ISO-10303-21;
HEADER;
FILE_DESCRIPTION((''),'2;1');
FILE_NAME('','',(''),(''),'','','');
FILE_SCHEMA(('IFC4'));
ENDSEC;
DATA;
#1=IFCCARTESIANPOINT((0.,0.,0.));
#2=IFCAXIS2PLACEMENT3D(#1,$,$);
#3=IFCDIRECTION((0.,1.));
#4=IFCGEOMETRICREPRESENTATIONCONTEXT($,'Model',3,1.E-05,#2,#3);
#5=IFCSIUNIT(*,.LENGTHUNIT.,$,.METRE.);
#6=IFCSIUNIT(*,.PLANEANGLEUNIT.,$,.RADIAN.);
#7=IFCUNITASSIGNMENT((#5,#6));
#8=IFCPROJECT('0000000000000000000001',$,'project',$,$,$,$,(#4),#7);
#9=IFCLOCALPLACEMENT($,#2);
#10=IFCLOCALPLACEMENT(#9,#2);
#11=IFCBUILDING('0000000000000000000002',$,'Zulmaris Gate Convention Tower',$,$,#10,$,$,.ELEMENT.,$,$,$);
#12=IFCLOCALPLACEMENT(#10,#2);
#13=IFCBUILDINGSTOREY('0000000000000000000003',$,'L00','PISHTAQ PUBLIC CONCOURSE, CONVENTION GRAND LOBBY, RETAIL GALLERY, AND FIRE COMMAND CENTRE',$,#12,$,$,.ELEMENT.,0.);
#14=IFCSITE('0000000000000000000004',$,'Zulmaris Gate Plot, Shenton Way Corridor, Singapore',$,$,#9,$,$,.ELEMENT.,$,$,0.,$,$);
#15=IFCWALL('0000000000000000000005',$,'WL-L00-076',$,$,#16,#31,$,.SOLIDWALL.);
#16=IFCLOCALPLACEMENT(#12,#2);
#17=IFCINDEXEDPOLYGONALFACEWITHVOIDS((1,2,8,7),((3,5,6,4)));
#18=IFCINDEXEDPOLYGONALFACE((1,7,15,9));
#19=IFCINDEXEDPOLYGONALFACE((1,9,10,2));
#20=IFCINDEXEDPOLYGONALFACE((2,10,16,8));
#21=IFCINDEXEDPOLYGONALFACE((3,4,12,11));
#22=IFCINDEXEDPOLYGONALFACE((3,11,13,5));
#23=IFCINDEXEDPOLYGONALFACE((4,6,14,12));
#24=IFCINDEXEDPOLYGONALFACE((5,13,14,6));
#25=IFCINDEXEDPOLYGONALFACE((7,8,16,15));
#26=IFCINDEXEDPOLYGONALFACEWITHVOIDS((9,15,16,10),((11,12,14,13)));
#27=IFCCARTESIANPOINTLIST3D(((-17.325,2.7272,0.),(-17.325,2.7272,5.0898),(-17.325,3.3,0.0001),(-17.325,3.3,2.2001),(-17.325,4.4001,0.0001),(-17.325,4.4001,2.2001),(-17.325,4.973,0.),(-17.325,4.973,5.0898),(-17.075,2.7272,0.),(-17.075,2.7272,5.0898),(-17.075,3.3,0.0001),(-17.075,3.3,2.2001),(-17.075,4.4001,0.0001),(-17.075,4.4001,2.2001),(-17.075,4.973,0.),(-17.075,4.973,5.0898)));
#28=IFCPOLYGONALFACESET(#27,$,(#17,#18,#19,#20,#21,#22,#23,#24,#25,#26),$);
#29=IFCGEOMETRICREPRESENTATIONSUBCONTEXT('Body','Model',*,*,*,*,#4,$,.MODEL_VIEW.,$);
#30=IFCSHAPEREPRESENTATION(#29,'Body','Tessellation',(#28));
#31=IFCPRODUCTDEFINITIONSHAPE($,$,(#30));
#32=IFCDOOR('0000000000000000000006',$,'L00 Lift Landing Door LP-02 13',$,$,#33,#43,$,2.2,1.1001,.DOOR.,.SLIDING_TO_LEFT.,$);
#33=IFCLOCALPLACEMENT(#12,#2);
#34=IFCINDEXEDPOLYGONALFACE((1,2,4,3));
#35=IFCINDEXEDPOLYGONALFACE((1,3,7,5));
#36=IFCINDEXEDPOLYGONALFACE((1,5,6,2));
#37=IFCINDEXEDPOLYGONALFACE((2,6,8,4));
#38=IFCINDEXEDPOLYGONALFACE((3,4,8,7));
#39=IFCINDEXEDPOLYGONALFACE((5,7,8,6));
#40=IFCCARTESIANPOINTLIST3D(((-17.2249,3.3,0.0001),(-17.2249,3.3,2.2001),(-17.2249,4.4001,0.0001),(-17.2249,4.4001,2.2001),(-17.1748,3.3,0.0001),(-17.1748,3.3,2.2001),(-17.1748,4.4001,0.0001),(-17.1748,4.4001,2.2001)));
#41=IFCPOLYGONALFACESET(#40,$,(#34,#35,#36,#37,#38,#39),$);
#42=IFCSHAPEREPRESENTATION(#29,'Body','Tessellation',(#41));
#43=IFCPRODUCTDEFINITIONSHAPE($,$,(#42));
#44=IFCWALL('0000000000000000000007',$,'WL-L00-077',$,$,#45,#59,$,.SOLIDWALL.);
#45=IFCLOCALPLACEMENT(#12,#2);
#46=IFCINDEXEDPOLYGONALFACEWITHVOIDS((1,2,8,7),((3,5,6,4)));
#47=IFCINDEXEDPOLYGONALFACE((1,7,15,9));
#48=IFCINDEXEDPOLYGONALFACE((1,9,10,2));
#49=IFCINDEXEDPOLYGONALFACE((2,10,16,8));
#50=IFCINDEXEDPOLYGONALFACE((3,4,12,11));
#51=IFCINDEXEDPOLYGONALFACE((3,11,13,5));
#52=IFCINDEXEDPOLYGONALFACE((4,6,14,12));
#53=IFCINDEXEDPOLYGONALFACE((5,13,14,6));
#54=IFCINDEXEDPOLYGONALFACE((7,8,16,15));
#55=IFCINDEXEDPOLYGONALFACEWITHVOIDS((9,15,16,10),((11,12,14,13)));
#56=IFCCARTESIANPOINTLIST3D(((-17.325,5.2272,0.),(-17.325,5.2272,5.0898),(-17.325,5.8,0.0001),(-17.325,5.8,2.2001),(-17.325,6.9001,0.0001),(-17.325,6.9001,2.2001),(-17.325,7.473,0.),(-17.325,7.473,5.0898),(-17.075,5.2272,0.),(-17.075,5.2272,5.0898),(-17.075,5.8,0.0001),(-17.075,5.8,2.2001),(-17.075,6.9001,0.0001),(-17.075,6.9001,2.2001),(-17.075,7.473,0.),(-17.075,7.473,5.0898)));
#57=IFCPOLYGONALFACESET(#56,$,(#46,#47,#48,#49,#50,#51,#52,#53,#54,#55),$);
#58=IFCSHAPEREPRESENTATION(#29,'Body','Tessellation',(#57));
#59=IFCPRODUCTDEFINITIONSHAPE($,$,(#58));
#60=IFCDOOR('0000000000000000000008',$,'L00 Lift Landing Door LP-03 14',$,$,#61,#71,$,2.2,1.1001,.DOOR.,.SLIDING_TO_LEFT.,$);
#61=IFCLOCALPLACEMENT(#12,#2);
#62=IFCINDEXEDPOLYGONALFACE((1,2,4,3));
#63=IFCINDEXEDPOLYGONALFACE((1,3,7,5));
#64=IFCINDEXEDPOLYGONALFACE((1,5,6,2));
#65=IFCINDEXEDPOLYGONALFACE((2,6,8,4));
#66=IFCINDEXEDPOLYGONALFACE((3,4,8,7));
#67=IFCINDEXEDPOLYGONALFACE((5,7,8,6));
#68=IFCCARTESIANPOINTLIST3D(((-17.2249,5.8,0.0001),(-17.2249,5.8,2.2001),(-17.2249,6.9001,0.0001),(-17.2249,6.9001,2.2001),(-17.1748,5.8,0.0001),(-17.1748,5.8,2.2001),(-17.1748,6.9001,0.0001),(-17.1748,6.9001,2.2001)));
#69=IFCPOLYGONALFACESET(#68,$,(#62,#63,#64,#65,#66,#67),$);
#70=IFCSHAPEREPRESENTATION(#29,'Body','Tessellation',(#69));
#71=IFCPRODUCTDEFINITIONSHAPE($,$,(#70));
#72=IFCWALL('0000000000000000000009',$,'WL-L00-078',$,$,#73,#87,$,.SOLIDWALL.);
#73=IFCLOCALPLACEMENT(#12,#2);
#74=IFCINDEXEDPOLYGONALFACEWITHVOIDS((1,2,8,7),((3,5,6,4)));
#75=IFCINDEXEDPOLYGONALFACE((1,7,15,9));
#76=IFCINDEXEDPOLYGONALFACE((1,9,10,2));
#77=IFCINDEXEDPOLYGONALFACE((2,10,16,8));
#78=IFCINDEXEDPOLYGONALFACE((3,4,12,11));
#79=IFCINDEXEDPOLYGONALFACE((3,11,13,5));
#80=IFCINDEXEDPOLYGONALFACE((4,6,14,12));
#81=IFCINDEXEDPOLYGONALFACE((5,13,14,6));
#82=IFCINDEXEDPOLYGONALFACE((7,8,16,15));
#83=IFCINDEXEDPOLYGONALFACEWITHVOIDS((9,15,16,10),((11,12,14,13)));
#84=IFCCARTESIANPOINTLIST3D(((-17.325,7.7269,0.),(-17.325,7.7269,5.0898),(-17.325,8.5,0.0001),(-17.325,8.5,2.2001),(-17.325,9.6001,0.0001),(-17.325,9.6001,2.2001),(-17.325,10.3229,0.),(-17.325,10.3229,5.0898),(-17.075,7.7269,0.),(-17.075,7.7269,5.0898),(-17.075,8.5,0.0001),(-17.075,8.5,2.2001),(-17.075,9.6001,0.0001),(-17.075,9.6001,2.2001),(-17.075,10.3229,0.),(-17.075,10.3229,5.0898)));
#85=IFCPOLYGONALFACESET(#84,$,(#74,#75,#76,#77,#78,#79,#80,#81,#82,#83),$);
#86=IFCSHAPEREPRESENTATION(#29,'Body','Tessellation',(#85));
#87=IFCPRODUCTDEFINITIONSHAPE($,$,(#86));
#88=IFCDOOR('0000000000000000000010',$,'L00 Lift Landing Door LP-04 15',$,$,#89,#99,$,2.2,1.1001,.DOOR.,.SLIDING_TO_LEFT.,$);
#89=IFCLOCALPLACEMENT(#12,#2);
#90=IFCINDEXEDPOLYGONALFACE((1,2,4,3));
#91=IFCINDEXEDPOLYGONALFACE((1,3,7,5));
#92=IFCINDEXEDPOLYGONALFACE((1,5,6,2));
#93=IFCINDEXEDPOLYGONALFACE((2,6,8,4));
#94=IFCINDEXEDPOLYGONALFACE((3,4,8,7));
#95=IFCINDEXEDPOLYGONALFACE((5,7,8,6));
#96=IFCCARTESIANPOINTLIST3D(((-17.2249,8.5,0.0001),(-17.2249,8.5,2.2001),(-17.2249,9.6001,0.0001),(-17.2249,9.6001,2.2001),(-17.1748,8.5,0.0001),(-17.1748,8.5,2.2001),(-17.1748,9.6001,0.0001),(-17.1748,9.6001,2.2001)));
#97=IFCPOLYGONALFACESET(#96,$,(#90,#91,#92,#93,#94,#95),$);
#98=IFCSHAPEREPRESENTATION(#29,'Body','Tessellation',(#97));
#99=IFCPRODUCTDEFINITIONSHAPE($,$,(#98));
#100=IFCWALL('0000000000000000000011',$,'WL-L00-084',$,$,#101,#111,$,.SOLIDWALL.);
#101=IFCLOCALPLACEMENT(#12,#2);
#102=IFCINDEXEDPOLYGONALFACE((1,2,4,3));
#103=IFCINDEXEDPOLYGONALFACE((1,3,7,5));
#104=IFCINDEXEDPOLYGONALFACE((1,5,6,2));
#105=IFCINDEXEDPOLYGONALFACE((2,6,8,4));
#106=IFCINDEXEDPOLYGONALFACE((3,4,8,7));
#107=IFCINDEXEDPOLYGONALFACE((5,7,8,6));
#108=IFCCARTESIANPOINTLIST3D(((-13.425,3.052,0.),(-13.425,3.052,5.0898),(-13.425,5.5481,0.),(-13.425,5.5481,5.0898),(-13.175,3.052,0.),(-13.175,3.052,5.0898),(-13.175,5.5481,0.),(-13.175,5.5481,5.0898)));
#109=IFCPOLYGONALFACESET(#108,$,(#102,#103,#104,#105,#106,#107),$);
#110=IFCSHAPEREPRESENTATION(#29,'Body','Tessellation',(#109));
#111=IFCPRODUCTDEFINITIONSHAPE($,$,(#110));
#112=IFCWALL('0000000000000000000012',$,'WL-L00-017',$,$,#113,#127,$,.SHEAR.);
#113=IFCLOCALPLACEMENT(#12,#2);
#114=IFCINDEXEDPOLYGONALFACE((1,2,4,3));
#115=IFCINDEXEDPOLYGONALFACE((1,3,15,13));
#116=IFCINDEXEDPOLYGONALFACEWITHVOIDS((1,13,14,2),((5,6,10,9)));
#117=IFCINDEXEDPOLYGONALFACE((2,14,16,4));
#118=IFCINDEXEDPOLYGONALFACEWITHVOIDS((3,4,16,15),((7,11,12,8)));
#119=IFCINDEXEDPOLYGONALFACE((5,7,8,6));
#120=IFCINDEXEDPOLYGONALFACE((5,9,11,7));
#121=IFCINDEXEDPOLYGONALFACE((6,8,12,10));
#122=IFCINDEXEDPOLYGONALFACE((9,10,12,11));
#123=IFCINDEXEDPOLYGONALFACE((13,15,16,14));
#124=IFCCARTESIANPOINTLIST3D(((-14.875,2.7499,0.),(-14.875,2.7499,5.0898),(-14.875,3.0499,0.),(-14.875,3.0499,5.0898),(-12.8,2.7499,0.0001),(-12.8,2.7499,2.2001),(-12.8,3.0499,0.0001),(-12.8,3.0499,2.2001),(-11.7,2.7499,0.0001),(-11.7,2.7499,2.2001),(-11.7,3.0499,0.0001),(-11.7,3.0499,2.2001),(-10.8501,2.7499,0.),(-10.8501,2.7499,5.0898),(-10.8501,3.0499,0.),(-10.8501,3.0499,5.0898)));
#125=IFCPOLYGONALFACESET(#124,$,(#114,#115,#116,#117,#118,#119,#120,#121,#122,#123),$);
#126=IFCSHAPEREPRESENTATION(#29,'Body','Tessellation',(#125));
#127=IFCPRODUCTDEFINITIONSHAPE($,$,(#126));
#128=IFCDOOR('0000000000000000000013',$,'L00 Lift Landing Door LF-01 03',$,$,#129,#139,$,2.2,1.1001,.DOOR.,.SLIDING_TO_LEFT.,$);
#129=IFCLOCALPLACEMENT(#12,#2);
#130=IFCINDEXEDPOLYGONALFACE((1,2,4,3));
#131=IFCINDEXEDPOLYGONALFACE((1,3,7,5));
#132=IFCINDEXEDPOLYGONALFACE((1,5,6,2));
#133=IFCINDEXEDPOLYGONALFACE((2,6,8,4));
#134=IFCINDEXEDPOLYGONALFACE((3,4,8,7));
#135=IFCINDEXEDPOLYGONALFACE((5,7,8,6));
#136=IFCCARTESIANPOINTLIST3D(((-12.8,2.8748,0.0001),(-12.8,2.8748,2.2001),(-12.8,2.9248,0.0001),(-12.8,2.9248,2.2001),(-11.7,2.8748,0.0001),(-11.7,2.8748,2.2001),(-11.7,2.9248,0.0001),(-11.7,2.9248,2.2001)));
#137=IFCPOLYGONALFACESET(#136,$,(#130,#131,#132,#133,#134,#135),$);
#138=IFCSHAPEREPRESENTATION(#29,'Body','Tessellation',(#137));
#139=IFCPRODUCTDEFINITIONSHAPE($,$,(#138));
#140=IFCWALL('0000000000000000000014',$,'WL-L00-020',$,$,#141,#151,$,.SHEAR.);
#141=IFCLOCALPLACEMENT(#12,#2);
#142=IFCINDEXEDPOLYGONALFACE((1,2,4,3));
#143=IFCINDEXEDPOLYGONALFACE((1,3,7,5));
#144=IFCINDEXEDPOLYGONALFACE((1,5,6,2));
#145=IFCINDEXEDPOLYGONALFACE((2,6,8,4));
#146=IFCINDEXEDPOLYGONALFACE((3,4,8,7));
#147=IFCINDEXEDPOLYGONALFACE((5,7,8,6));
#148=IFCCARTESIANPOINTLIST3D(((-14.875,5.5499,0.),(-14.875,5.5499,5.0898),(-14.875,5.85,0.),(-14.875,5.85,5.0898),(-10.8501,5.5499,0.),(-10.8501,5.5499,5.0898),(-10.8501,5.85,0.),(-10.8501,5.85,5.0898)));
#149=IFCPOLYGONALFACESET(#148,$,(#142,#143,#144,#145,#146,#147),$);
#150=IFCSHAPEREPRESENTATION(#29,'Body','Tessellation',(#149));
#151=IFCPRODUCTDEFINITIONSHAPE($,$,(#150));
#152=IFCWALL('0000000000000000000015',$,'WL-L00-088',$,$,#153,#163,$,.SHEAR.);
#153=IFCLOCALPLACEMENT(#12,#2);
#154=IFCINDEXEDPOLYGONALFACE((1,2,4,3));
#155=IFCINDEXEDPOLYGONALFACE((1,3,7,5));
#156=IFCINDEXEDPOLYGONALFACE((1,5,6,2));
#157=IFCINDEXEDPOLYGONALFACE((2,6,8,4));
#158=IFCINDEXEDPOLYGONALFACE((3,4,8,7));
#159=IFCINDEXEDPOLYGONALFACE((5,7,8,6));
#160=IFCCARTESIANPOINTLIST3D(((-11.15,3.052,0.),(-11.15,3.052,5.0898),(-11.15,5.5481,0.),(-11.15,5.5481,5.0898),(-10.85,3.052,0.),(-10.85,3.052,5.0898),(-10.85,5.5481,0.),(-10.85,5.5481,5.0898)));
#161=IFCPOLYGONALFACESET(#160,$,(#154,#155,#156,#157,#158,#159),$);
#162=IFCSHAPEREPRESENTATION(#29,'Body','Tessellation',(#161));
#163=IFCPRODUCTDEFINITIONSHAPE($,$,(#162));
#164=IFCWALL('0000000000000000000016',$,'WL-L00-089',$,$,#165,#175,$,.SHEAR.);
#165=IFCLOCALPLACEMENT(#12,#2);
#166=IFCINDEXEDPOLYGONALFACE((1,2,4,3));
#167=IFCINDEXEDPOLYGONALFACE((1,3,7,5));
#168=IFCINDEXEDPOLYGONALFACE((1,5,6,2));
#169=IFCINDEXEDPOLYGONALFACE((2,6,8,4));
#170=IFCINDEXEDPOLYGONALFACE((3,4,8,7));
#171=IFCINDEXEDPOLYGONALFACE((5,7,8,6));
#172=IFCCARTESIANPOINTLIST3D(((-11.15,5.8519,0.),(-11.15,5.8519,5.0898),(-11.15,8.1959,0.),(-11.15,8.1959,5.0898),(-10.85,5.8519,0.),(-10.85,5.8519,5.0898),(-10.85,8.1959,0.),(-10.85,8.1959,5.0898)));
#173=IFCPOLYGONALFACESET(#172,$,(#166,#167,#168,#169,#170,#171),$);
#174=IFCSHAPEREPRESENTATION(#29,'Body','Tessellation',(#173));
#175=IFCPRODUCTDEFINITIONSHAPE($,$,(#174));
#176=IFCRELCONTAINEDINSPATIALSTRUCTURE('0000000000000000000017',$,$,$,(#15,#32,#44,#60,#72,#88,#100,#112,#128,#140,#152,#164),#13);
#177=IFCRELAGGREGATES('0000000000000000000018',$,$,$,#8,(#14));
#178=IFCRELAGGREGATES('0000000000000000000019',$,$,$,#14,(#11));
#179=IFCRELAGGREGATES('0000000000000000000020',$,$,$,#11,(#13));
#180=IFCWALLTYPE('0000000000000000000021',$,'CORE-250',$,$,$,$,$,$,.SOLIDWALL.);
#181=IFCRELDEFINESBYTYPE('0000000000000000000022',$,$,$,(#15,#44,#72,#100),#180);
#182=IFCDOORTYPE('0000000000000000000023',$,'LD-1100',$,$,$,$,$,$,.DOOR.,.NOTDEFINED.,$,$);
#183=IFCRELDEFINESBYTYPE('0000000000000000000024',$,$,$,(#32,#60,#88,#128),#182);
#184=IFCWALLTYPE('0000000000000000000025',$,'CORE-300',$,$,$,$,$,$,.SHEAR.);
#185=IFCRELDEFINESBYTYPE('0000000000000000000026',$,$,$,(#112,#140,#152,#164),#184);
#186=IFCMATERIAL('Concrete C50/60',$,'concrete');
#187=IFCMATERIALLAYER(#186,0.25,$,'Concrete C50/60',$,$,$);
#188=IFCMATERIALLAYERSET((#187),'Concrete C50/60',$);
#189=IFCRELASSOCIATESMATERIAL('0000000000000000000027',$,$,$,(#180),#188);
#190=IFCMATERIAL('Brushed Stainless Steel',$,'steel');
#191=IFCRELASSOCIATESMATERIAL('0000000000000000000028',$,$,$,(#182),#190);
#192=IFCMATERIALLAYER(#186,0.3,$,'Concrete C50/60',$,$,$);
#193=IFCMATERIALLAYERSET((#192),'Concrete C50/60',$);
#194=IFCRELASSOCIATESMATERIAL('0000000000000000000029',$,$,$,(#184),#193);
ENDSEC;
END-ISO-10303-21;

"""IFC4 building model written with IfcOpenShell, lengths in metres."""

from ifc_helpers import new_model, si_unit, direction, frame, frame_2d, origin, place, context, subcontext, project, spatial, rectangle, extrude, material, layer, layer_set, type_object, element, fill, save


model = new_model("IFC4")

# Units and contexts
model_context = context("Model", 3, precision=1e-05, world=origin(), true_north=direction((0.0, 1.0)))
body_context = subcontext(model_context, "Body", "Model", "MODEL_VIEW")
ifc_project = project(units=[si_unit("LENGTHUNIT", "METRE"), si_unit("PLANEANGLEUNIT", "RADIAN")], contexts=[model_context])

# Site, building, storey
site_placement = place(None, origin())
site = spatial("IfcSite", under=ifc_project, at=site_placement, Name="Zulmaris Gate Plot, Shenton Way Corridor, Singapore", CompositionType="ELEMENT", RefElevation=0.0)
building_placement = place(site_placement, origin())
building = spatial("IfcBuilding", under=site, at=building_placement, Name="Zulmaris Gate Convention Tower", CompositionType="ELEMENT")
storey_placement = place(building_placement, origin())
storey = spatial("IfcBuildingStorey", under=building, at=storey_placement, Name="L00", Description="PISHTAQ PUBLIC CONCOURSE, CONVENTION GRAND LOBBY, RETAIL GALLERY, AND FIRE COMMAND CENTRE", CompositionType="ELEMENT", Elevation=0.0)

# Walls, openings, doors
ifc_material_1 = material(Name="Concrete C50/60", Category="concrete")
ifc_layer_1 = layer(ifc_material_1, 0.25, Name="Concrete C50/60")
ifc_layer_set_1 = layer_set([ifc_layer_1], Name="Concrete C50/60")
wall_type_1 = type_object("IfcWallType", Name="CORE-250", PredefinedType="SOLIDWALL", material=ifc_layer_set_1)
wall_1_placement = place(storey_placement, frame((-17.2, 2.7271, 0.0), z_axis=(0.0, 0.0, 1.0), x_axis=(0.0, 1.0, 0.0)))
wall_1 = element("IfcWall", 1, at=wall_1_placement, inside=storey, type_object=wall_type_1, Name="WL-L00-076", PredefinedType="SOLIDWALL", context=body_context, shape_type="SweptSolid", body=[
    extrude(rectangle(XDim=2.2458, YDim=0.25, at=frame_2d((1.123, 0.0))), origin(), (0.0, 0.0, 1.0), 5.0898),
])
opening_1_placement = place(wall_1_placement, frame((0.573, 0.0, 0.0)))
opening_1 = element("IfcOpeningElement", 2, at=opening_1_placement, cuts=wall_1, PredefinedType="OPENING", context=body_context, shape_type="SweptSolid", body=[
    extrude(rectangle(XDim=1.1001, YDim=2.2, at=frame_2d((0.55, 1.1001))), frame((0.0, 0.135, 0.0), z_axis=(0.0, -1.0, 0.0), x_axis=(1.0, 0.0, 0.0)), (0.0, 0.0, 1.0), 0.27),
])
ifc_material_2 = material(Name="Brushed Stainless Steel", Category="steel")
door_type_1 = type_object("IfcDoorType", Name="LD-1100", OperationType="NOTDEFINED", PredefinedType="DOOR", material=ifc_material_2)
door_1_placement = place(opening_1_placement, origin())
door_1 = element("IfcDoor", 3, at=door_1_placement, inside=storey, type_object=door_type_1, Name="L00 Lift Landing Door LP-02 13", OperationType="SLIDING_TO_LEFT", OverallHeight=2.2, OverallWidth=1.1001, PredefinedType="DOOR", context=body_context, shape_type="SweptSolid", body=[
    extrude(rectangle(XDim=1.1001, YDim=2.2, at=frame_2d((0.55, 1.1001))), frame((0.0, 0.0249, 0.0), z_axis=(0.0, -1.0, 0.0), x_axis=(1.0, 0.0, 0.0)), (0.0, 0.0, 1.0), 0.05),
])
fill(opening_1, door_1)
wall_2_placement = place(storey_placement, frame((-17.2, 5.2271, 0.0), z_axis=(0.0, 0.0, 1.0), x_axis=(0.0, 1.0, 0.0)))
wall_2 = element("IfcWall", 4, at=wall_2_placement, inside=storey, type_object=wall_type_1, Name="WL-L00-077", PredefinedType="SOLIDWALL", context=body_context, shape_type="SweptSolid", body=[
    extrude(rectangle(XDim=2.2458, YDim=0.25, at=frame_2d((1.123, 0.0))), origin(), (0.0, 0.0, 1.0), 5.0898),
])
opening_2_placement = place(wall_2_placement, frame((0.573, 0.0, 0.0)))
opening_2 = element("IfcOpeningElement", 5, at=opening_2_placement, cuts=wall_2, PredefinedType="OPENING", context=body_context, shape_type="SweptSolid", body=[
    extrude(rectangle(XDim=1.1001, YDim=2.2, at=frame_2d((0.55, 1.1001))), frame((0.0, 0.135, 0.0), z_axis=(0.0, -1.0, 0.0), x_axis=(1.0, 0.0, 0.0)), (0.0, 0.0, 1.0), 0.27),
])
door_2_placement = place(opening_2_placement, origin())
door_2 = element("IfcDoor", 6, at=door_2_placement, inside=storey, type_object=door_type_1, Name="L00 Lift Landing Door LP-03 14", OperationType="SLIDING_TO_LEFT", OverallHeight=2.2, OverallWidth=1.1001, PredefinedType="DOOR", context=body_context, shape_type="SweptSolid", body=[
    extrude(rectangle(XDim=1.1001, YDim=2.2, at=frame_2d((0.55, 1.1001))), frame((0.0, 0.0249, 0.0), z_axis=(0.0, -1.0, 0.0), x_axis=(1.0, 0.0, 0.0)), (0.0, 0.0, 1.0), 0.05),
])
fill(opening_2, door_2)
wall_3_placement = place(storey_placement, frame((-17.2, 7.7271, 0.0), z_axis=(0.0, 0.0, 1.0), x_axis=(0.0, 1.0, 0.0)))
wall_3 = element("IfcWall", 7, at=wall_3_placement, inside=storey, type_object=wall_type_1, Name="WL-L00-078", PredefinedType="SOLIDWALL", context=body_context, shape_type="SweptSolid", body=[
    extrude(rectangle(XDim=2.5959, YDim=0.25, at=frame_2d((1.2979, 0.0))), origin(), (0.0, 0.0, 1.0), 5.0898),
])
opening_3_placement = place(wall_3_placement, frame((0.7729, 0.0, 0.0)))
opening_3 = element("IfcOpeningElement", 8, at=opening_3_placement, cuts=wall_3, PredefinedType="OPENING", context=body_context, shape_type="SweptSolid", body=[
    extrude(rectangle(XDim=1.1001, YDim=2.2, at=frame_2d((0.55, 1.1001))), frame((0.0, 0.135, 0.0), z_axis=(0.0, -1.0, 0.0), x_axis=(1.0, 0.0, 0.0)), (0.0, 0.0, 1.0), 0.27),
])
door_3_placement = place(opening_3_placement, origin())
door_3 = element("IfcDoor", 9, at=door_3_placement, inside=storey, type_object=door_type_1, Name="L00 Lift Landing Door LP-04 15", OperationType="SLIDING_TO_LEFT", OverallHeight=2.2, OverallWidth=1.1001, PredefinedType="DOOR", context=body_context, shape_type="SweptSolid", body=[
    extrude(rectangle(XDim=1.1001, YDim=2.2, at=frame_2d((0.55, 1.1001))), frame((0.0, 0.0249, 0.0), z_axis=(0.0, -1.0, 0.0), x_axis=(1.0, 0.0, 0.0)), (0.0, 0.0, 1.0), 0.05),
])
fill(opening_3, door_3)

# Wall
wall_4_placement = place(storey_placement, frame((-13.3, 3.052, 0.0), z_axis=(0.0, 0.0, 1.0), x_axis=(0.0, 1.0, 0.0)))
element("IfcWall", 10, at=wall_4_placement, inside=storey, type_object=wall_type_1, Name="WL-L00-084", PredefinedType="SOLIDWALL", context=body_context, shape_type="SweptSolid", body=[
    extrude(rectangle(XDim=2.4961, YDim=0.25, at=frame_2d((1.248, 0.0))), origin(), (0.0, 0.0, 1.0), 5.0898),
])

# Wall, opening, door
ifc_layer_2 = layer(ifc_material_1, 0.3, Name="Concrete C50/60")
ifc_layer_set_2 = layer_set([ifc_layer_2], Name="Concrete C50/60")
wall_type_2 = type_object("IfcWallType", Name="CORE-300", PredefinedType="SHEAR", material=ifc_layer_set_2)
wall_5_placement = place(storey_placement, frame((-14.875, 2.8999, 0.0), z_axis=(0.0, 0.0, 1.0), x_axis=(1.0, 0.0, 0.0)))
wall_5 = element("IfcWall", 11, at=wall_5_placement, inside=storey, type_object=wall_type_2, Name="WL-L00-017", PredefinedType="SHEAR", context=body_context, shape_type="SweptSolid", body=[
    extrude(rectangle(XDim=4.0249, YDim=0.3, at=frame_2d((2.0125, 0.0))), origin(), (0.0, 0.0, 1.0), 5.0898),
])
opening_4_placement = place(wall_5_placement, frame((2.075, 0.0, 0.0)))
opening_4 = element("IfcOpeningElement", 12, at=opening_4_placement, cuts=wall_5, PredefinedType="OPENING", context=body_context, shape_type="SweptSolid", body=[
    extrude(rectangle(XDim=1.1001, YDim=2.2, at=frame_2d((0.55, 1.1001))), frame((0.0, 0.1602, 0.0), z_axis=(0.0, -1.0, 0.0), x_axis=(1.0, 0.0, 0.0)), (0.0, 0.0, 1.0), 0.3201),
])
door_4_placement = place(opening_4_placement, origin())
door_4 = element("IfcDoor", 13, at=door_4_placement, inside=storey, type_object=door_type_1, Name="L00 Lift Landing Door LF-01 03", OperationType="SLIDING_TO_LEFT", OverallHeight=2.2, OverallWidth=1.1001, PredefinedType="DOOR", context=body_context, shape_type="SweptSolid", body=[
    extrude(rectangle(XDim=1.1001, YDim=2.2, at=frame_2d((0.55, 1.1001))), frame((0.0, 0.0249, 0.0), z_axis=(0.0, -1.0, 0.0), x_axis=(1.0, 0.0, 0.0)), (0.0, 0.0, 1.0), 0.05),
])
fill(opening_4, door_4)

# Wall
wall_6_placement = place(storey_placement, frame((-14.875, 5.7, 0.0), z_axis=(0.0, 0.0, 1.0), x_axis=(1.0, 0.0, 0.0)))
element("IfcWall", 14, at=wall_6_placement, inside=storey, type_object=wall_type_2, Name="WL-L00-020", PredefinedType="SHEAR", context=body_context, shape_type="SweptSolid", body=[
    extrude(rectangle(XDim=4.0249, YDim=0.3, at=frame_2d((2.0125, 0.0))), origin(), (0.0, 0.0, 1.0), 5.0898),
])

# Walls
wall_7_placement = place(storey_placement, frame((-11.0, 3.052, 0.0), z_axis=(0.0, 0.0, 1.0), x_axis=(0.0, 1.0, 0.0)))
element("IfcWall", 15, at=wall_7_placement, inside=storey, type_object=wall_type_2, Name="WL-L00-088", PredefinedType="SHEAR", context=body_context, shape_type="SweptSolid", body=[
    extrude(rectangle(XDim=2.4961, YDim=0.3, at=frame_2d((1.248, 0.0))), origin(), (0.0, 0.0, 1.0), 5.0898),
])
wall_8_placement = place(storey_placement, frame((-11.0, 5.8521, 0.0), z_axis=(0.0, 0.0, 1.0), x_axis=(0.0, 1.0, 0.0)))
element("IfcWall", 16, at=wall_8_placement, inside=storey, type_object=wall_type_2, Name="WL-L00-089", PredefinedType="SHEAR", context=body_context, shape_type="SweptSolid", body=[
    extrude(rectangle(XDim=2.344, YDim=0.3, at=frame_2d((1.1719, 0.0))), origin(), (0.0, 0.0, 1.0), 5.0898),
])

save(model, "model.ifc")
